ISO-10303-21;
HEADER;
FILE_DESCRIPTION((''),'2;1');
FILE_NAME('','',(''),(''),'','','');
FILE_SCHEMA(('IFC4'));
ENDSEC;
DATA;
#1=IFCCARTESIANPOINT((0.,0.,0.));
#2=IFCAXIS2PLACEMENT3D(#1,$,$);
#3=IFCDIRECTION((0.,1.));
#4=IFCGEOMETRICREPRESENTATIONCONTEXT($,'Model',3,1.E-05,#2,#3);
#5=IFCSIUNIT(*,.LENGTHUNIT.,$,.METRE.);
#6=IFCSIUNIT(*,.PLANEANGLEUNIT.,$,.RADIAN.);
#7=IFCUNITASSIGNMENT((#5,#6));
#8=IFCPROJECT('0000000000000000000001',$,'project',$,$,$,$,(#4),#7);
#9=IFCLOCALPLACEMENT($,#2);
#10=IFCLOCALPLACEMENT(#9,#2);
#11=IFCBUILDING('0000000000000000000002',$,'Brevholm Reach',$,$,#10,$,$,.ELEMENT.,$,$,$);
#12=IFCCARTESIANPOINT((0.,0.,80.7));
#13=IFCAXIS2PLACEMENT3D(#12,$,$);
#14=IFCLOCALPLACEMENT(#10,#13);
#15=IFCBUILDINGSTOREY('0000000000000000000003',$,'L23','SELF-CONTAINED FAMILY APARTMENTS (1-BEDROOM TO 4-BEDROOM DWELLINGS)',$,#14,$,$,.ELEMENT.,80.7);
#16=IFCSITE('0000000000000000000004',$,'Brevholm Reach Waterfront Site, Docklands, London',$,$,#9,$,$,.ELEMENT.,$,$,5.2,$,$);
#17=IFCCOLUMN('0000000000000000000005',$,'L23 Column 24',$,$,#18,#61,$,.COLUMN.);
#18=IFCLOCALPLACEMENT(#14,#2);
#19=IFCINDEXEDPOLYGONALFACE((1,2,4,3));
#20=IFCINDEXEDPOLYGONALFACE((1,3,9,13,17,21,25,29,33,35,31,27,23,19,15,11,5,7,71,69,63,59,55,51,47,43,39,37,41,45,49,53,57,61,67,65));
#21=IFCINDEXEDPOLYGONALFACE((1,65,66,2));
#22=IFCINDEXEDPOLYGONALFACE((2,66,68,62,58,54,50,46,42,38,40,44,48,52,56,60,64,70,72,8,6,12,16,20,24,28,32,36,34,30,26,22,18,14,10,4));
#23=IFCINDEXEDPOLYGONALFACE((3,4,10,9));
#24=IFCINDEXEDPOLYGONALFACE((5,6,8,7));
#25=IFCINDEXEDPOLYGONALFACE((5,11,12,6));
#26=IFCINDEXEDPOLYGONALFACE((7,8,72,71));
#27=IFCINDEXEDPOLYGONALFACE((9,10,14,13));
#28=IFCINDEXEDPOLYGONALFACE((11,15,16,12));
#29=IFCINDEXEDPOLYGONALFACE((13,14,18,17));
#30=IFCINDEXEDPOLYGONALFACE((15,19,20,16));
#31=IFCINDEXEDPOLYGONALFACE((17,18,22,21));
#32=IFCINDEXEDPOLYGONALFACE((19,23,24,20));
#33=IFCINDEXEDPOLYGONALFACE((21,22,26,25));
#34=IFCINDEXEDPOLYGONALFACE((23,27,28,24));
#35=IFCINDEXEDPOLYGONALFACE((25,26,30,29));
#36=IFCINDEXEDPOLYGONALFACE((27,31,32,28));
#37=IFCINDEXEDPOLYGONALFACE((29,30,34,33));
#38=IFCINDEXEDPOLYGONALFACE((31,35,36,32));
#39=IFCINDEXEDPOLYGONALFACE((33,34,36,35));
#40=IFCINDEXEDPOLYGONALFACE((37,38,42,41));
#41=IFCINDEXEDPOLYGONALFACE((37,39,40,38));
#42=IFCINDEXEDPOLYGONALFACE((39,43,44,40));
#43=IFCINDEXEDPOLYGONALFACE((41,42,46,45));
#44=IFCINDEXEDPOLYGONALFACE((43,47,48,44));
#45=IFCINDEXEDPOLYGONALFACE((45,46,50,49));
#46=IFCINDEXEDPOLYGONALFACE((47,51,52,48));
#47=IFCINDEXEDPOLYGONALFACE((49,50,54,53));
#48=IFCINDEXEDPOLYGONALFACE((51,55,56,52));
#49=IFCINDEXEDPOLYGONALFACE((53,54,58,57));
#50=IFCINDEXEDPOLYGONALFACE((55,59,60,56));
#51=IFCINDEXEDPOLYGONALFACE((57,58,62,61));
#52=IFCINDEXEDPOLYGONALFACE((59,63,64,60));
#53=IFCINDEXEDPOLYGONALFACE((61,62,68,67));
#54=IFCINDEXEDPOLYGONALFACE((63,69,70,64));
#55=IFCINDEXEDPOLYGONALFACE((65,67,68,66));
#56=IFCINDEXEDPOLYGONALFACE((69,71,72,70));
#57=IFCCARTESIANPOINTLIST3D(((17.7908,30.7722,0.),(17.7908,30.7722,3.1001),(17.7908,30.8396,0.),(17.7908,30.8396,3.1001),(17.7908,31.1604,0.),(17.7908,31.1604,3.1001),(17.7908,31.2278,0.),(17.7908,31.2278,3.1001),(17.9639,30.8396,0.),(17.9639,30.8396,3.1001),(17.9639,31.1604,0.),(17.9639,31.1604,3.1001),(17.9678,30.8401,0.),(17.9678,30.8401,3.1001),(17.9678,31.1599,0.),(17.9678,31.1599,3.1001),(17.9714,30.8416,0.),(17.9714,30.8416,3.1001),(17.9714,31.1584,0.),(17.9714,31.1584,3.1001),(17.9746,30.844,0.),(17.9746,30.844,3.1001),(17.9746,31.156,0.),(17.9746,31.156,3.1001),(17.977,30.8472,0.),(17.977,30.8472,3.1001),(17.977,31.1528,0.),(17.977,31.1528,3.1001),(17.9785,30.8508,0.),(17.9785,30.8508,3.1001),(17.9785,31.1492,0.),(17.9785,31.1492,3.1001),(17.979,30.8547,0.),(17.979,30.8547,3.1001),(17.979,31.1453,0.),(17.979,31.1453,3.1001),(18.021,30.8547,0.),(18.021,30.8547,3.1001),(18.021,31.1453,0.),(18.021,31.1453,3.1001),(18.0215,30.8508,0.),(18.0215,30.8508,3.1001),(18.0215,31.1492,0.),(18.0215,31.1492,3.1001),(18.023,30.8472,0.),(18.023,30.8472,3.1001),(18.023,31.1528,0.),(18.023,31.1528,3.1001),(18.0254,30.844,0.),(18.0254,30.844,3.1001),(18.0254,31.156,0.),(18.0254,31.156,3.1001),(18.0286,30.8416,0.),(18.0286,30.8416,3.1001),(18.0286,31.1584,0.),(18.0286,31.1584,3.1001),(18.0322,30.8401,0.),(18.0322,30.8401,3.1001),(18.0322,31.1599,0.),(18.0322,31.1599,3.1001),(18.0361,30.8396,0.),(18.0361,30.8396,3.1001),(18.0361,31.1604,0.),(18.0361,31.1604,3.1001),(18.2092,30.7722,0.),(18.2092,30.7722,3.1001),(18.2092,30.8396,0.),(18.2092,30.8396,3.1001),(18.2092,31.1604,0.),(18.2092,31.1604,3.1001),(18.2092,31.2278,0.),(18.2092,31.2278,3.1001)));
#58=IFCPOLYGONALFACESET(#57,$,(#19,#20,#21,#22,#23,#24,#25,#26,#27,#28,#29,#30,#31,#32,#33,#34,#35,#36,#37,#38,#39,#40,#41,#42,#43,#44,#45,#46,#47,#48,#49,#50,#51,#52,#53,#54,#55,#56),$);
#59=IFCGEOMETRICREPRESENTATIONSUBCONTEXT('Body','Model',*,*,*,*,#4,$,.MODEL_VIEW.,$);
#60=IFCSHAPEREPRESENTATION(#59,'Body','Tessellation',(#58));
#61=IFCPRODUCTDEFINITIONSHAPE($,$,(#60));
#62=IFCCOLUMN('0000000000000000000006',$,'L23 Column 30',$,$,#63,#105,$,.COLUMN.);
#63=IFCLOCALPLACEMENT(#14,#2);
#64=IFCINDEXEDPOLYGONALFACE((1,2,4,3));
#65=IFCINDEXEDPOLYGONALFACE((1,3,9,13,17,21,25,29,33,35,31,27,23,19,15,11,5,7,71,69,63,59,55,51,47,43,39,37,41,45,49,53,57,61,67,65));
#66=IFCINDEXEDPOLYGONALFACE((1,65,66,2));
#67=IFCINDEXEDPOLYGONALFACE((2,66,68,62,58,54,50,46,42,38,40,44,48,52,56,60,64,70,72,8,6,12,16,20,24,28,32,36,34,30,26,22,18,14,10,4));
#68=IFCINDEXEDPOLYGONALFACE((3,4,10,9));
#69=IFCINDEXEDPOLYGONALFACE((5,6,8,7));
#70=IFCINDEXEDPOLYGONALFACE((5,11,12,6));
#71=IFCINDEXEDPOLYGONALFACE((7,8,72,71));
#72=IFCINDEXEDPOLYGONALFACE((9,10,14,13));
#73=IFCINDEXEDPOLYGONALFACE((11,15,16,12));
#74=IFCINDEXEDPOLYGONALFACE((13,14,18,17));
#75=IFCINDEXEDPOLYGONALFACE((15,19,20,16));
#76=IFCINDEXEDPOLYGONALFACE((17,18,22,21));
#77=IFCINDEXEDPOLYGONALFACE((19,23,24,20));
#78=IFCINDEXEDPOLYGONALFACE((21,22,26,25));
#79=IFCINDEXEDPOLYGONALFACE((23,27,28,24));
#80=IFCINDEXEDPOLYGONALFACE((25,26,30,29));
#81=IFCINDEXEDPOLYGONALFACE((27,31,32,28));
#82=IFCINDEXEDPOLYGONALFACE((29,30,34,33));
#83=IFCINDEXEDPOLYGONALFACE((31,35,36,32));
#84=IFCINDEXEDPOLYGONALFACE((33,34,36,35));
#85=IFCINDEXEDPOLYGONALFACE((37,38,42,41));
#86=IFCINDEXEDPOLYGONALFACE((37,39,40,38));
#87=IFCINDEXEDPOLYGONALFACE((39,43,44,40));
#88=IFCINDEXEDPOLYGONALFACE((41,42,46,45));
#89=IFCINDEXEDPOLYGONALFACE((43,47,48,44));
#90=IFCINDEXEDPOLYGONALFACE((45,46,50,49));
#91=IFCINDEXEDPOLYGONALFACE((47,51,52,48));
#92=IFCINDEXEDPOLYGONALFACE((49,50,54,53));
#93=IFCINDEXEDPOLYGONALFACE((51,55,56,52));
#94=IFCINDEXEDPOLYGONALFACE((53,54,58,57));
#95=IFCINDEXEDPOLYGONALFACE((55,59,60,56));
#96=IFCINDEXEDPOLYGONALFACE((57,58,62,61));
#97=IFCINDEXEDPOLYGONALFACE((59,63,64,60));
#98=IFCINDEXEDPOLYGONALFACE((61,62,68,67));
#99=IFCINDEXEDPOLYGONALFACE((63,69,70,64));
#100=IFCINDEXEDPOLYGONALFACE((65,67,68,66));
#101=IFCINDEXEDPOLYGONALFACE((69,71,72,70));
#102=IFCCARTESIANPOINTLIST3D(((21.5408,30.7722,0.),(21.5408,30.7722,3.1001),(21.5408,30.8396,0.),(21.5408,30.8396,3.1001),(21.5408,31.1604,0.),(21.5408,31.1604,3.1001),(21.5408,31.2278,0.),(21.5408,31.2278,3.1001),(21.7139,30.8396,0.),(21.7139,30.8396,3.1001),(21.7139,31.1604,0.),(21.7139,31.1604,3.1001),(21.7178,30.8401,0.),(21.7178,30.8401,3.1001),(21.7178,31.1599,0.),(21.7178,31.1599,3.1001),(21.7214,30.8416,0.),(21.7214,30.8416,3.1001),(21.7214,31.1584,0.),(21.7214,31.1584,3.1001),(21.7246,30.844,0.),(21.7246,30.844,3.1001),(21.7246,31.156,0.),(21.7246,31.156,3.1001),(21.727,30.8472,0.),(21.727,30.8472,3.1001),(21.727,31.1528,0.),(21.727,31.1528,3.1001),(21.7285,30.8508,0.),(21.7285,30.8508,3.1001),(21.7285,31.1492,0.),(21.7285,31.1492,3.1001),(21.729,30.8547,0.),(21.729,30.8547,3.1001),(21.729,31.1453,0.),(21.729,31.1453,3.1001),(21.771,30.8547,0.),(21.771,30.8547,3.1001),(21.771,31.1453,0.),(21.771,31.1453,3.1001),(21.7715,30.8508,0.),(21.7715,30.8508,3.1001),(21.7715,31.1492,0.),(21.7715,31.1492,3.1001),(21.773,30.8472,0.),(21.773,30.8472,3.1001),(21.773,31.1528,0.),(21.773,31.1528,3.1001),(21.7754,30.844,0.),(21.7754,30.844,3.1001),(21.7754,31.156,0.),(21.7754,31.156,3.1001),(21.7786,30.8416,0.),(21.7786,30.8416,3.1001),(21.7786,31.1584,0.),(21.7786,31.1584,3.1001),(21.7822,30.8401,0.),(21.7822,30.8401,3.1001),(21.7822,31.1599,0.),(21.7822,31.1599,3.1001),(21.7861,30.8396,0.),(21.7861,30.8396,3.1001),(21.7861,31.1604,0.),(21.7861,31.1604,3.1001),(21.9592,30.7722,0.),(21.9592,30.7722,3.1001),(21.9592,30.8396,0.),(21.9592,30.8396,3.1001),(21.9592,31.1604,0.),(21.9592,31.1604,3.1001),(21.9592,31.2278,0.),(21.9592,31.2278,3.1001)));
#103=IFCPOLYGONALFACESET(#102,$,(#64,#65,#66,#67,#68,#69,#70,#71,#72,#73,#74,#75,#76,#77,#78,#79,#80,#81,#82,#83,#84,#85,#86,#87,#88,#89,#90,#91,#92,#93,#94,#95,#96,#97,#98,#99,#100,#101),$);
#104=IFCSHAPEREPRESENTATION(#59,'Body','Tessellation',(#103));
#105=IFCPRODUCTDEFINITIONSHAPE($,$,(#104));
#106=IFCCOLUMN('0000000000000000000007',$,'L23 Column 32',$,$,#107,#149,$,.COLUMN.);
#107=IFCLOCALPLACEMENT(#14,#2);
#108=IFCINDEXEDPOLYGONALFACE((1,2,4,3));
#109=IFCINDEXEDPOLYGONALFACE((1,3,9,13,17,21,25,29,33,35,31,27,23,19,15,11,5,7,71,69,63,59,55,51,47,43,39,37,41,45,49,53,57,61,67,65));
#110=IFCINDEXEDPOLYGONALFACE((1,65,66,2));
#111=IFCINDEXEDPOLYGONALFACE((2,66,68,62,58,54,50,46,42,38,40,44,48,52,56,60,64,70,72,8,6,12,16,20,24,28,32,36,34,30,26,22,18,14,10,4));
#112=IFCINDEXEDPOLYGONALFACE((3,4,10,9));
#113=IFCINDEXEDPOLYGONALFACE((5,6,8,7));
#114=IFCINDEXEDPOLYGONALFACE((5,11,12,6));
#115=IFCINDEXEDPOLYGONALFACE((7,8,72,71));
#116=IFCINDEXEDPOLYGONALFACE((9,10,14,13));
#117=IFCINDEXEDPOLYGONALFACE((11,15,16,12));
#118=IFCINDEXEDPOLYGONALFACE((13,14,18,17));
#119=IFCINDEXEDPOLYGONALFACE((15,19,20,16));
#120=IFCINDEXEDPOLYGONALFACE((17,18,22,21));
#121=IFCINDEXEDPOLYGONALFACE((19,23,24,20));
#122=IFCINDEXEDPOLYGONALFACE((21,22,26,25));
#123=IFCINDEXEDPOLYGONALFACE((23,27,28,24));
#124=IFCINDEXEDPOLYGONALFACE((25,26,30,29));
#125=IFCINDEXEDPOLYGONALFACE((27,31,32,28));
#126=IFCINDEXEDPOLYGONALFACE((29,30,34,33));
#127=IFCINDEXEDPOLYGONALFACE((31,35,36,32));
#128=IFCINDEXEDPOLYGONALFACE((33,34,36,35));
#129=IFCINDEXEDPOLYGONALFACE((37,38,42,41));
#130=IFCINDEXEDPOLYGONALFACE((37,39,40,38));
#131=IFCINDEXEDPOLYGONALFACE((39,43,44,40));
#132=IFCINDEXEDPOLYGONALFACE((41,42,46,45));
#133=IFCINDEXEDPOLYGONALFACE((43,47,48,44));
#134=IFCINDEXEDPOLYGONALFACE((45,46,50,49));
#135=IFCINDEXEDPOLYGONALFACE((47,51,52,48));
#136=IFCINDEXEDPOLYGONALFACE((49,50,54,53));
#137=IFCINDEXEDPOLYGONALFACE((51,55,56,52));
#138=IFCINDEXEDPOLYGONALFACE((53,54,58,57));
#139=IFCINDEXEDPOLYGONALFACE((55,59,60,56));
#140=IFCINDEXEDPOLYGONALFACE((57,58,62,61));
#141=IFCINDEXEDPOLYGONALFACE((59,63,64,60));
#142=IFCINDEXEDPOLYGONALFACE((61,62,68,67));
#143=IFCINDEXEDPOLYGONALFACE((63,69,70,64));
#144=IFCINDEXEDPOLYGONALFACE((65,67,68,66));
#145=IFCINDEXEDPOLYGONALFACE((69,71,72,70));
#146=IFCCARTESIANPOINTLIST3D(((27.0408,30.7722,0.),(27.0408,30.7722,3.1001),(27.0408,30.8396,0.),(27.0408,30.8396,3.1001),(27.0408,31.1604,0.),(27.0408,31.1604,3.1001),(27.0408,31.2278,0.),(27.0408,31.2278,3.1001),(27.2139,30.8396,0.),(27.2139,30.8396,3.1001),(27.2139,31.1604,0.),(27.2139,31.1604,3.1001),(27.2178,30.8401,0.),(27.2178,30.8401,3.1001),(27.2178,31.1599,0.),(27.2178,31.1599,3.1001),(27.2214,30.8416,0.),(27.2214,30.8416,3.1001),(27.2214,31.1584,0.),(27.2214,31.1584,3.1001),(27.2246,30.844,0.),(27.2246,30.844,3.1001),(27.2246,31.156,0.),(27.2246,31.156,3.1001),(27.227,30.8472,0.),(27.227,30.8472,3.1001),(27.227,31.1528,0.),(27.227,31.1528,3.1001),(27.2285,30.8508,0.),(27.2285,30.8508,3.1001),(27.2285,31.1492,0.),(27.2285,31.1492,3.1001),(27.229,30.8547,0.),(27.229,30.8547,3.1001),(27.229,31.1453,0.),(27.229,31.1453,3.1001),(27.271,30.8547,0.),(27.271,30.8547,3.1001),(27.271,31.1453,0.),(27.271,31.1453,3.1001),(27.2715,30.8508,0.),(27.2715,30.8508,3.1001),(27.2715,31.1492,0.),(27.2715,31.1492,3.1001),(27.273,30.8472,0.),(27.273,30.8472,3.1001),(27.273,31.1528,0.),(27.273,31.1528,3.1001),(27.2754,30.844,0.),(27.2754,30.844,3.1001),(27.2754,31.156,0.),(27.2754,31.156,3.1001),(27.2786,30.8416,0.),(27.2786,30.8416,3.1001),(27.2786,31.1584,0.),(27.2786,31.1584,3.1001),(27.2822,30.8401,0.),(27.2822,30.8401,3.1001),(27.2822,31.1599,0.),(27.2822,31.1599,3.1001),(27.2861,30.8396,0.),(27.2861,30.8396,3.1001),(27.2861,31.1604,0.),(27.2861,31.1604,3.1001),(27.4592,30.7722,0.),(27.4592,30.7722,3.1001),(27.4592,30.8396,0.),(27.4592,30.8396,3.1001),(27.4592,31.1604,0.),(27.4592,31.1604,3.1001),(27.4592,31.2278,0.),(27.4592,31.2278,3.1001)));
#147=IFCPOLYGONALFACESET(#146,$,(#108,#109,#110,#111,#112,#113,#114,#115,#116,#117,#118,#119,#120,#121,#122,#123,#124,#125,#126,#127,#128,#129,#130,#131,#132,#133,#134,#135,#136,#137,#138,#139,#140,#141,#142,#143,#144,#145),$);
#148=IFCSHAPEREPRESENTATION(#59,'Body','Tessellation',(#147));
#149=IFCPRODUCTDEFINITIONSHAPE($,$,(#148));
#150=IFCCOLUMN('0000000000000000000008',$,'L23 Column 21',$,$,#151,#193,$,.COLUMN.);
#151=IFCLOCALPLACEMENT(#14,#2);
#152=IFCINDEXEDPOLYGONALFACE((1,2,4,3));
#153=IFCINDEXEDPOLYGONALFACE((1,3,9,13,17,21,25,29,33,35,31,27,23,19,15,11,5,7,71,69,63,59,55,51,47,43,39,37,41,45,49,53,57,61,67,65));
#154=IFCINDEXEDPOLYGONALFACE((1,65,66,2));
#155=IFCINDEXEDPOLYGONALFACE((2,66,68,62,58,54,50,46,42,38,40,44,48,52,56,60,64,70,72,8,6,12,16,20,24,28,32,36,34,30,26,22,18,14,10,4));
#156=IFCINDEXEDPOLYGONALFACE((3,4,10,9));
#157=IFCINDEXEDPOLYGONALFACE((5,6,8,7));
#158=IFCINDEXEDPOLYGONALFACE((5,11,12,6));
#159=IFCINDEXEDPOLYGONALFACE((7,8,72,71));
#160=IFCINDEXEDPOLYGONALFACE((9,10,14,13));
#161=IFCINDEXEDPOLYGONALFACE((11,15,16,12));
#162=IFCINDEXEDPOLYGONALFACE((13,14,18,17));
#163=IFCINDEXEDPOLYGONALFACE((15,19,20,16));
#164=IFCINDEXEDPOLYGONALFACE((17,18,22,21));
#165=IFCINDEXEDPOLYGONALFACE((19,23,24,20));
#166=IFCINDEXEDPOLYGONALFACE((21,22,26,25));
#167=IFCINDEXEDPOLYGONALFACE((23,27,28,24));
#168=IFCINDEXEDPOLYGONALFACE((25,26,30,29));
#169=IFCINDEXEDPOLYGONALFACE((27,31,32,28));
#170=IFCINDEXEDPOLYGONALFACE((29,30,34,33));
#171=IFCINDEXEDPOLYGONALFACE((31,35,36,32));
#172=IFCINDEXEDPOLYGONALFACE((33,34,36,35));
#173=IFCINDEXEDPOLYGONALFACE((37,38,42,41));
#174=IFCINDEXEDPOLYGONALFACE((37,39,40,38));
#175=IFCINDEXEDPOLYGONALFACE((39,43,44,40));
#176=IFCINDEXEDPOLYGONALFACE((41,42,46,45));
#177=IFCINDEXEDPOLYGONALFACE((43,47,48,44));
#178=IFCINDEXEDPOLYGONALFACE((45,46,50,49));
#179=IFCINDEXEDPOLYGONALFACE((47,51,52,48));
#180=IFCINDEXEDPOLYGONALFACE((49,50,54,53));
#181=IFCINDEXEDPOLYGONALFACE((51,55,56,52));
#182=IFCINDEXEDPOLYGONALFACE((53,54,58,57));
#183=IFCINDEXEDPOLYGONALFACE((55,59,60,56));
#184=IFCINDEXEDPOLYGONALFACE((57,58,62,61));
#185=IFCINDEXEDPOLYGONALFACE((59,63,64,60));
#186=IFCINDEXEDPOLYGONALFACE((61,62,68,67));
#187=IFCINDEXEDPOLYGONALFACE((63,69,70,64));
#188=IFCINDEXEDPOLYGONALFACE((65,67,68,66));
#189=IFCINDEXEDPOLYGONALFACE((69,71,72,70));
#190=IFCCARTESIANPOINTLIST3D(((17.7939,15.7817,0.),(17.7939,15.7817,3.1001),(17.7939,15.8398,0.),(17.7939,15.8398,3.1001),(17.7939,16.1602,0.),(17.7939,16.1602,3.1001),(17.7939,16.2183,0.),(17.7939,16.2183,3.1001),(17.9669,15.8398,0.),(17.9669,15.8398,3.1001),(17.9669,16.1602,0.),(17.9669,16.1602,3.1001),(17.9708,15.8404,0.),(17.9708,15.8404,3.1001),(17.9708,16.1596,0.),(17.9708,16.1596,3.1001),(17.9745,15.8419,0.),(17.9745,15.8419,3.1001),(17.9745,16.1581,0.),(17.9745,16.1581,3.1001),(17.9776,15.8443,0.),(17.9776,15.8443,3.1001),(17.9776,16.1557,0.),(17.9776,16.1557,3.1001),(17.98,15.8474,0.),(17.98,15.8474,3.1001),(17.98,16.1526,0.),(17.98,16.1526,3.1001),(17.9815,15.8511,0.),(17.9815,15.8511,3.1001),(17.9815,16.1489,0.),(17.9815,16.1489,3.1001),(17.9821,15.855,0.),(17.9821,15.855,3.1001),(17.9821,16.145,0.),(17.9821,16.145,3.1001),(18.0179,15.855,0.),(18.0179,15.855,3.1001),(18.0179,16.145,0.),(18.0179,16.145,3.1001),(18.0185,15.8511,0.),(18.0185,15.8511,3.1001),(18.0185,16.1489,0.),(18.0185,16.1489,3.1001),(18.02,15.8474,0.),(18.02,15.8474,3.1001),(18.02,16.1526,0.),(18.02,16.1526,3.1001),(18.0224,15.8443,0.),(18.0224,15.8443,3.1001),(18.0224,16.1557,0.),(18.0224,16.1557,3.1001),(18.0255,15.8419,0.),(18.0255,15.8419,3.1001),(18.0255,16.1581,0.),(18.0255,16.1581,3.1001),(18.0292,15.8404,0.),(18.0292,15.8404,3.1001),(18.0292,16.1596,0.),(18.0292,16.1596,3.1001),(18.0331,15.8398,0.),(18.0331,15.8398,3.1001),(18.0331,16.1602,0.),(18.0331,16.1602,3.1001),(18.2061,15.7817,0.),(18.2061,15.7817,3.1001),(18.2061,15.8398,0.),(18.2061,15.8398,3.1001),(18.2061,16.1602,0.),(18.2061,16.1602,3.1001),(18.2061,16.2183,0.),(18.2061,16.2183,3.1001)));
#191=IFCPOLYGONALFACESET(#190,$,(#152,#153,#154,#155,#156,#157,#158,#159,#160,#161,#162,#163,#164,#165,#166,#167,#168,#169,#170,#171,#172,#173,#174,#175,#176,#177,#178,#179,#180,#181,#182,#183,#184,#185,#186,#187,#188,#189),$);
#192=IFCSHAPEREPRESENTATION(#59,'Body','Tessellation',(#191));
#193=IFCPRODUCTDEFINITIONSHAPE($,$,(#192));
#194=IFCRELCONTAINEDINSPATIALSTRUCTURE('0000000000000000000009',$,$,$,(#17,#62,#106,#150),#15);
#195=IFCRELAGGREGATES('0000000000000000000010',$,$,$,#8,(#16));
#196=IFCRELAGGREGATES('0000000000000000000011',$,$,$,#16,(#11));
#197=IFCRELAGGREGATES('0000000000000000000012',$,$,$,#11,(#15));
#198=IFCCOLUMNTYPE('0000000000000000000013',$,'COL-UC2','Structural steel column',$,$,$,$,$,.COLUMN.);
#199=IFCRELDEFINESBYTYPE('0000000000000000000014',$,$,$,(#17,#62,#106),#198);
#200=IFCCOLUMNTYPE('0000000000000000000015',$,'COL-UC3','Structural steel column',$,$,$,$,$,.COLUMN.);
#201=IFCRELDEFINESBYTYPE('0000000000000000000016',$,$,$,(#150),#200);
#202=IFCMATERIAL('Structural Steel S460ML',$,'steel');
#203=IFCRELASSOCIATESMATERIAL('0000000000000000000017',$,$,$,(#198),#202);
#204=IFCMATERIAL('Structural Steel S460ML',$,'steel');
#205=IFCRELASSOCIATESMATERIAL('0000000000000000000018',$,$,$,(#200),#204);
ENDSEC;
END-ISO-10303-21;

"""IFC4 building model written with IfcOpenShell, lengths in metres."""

from ifc_helpers import new_model, si_unit, direction, frame, origin, origin_2d, place, context, subcontext, project, spatial, i_section, extrude, material, material_profile, profile_set, type_object, element, save


model = new_model("IFC4")

# Units and contexts
model_context = context("Model", 3, precision=1e-05, world=origin(), true_north=direction((0.0, 1.0)))
body_context = subcontext(model_context, "Body", "Model", "MODEL_VIEW")
ifc_project = project(units=[si_unit("LENGTHUNIT", "METRE"), si_unit("PLANEANGLEUNIT", "RADIAN")], contexts=[model_context])

# Site, building, storey
site_placement = place(None, origin())
site = spatial("IfcSite", under=ifc_project, at=site_placement, Name="Brevholm Reach Waterfront Site, Docklands, London", CompositionType="ELEMENT", RefElevation=5.2)
building_placement = place(site_placement, origin())
building = spatial("IfcBuilding", under=site, at=building_placement, Name="Brevholm Reach", CompositionType="ELEMENT")
storey_placement = place(building_placement, frame((0.0, 0.0, 80.7)))
storey = spatial("IfcBuildingStorey", under=building, at=storey_placement, Name="L23", Description="SELF-CONTAINED FAMILY APARTMENTS (1-BEDROOM TO 4-BEDROOM DWELLINGS)", CompositionType="ELEMENT", Elevation=80.7)

# Columns
ifc_material_1 = material(Name="Structural Steel S460ML", Category="steel")
ifc_material_profile_1 = material_profile(ifc_material_1, i_section(OverallWidth=0.4185, OverallDepth=0.4556, WebThickness=0.042, FlangeThickness=0.0674, FilletRadius=0.0151, at=origin_2d()), Name="UKC 356x406x551")
ifc_profile_set_1 = profile_set([ifc_material_profile_1], Name="Structural Steel S460ML")
column_type_1 = type_object("IfcColumnType", Name="COL-UC2", Description="Structural steel column", PredefinedType="COLUMN", material=ifc_profile_set_1)
for number, where, z_axis, x_axis, name in (
    (1, (18.0, 31.0, 0.0), (0.0, 0.0, 1.0), (1.0, 0.0, 0.0), "L23 Column 24"),
    (2, (21.75, 31.0, 0.0), (0.0, 0.0, 1.0), (1.0, 0.0, 0.0), "L23 Column 30"),
    (3, (27.25, 31.0, 0.0), (0.0, 0.0, 1.0), (1.0, 0.0, 0.0), "L23 Column 32"),
):
    element("IfcColumn", number, at=place(storey_placement, frame(where, z_axis=z_axis, x_axis=x_axis)), inside=storey, type_object=column_type_1, Name=name, PredefinedType="COLUMN", context=body_context, shape_type="SweptSolid", body=[
        extrude(i_section(OverallWidth=0.4185, OverallDepth=0.4556, WebThickness=0.042, FlangeThickness=0.0674, FilletRadius=0.0151, at=origin_2d()), origin(), (0.0, 0.0, 1.0), 3.1001),
    ])
ifc_material_2 = material(Name="Structural Steel S460ML", Category="steel")
ifc_material_profile_2 = material_profile(ifc_material_2, i_section(OverallWidth=0.4121, OverallDepth=0.4365, WebThickness=0.0359, FlangeThickness=0.0581, FilletRadius=0.0151, at=origin_2d()), Name="UKC 356x406x467")
ifc_profile_set_2 = profile_set([ifc_material_profile_2], Name="Structural Steel S460ML")
column_type_2 = type_object("IfcColumnType", Name="COL-UC3", Description="Structural steel column", PredefinedType="COLUMN", material=ifc_profile_set_2)
for number, where, z_axis, x_axis, name in (
    (4, (18.0, 16.0, 0.0), (0.0, 0.0, 1.0), (1.0, 0.0, 0.0), "L23 Column 21"),
):
    element("IfcColumn", number, at=place(storey_placement, frame(where, z_axis=z_axis, x_axis=x_axis)), inside=storey, type_object=column_type_2, Name=name, PredefinedType="COLUMN", context=body_context, shape_type="SweptSolid", body=[
        extrude(i_section(OverallWidth=0.4121, OverallDepth=0.4365, WebThickness=0.0359, FlangeThickness=0.0581, FilletRadius=0.0151, at=origin_2d()), origin(), (0.0, 0.0, 1.0), 3.1001),
    ])

save(model, "model.ifc")
